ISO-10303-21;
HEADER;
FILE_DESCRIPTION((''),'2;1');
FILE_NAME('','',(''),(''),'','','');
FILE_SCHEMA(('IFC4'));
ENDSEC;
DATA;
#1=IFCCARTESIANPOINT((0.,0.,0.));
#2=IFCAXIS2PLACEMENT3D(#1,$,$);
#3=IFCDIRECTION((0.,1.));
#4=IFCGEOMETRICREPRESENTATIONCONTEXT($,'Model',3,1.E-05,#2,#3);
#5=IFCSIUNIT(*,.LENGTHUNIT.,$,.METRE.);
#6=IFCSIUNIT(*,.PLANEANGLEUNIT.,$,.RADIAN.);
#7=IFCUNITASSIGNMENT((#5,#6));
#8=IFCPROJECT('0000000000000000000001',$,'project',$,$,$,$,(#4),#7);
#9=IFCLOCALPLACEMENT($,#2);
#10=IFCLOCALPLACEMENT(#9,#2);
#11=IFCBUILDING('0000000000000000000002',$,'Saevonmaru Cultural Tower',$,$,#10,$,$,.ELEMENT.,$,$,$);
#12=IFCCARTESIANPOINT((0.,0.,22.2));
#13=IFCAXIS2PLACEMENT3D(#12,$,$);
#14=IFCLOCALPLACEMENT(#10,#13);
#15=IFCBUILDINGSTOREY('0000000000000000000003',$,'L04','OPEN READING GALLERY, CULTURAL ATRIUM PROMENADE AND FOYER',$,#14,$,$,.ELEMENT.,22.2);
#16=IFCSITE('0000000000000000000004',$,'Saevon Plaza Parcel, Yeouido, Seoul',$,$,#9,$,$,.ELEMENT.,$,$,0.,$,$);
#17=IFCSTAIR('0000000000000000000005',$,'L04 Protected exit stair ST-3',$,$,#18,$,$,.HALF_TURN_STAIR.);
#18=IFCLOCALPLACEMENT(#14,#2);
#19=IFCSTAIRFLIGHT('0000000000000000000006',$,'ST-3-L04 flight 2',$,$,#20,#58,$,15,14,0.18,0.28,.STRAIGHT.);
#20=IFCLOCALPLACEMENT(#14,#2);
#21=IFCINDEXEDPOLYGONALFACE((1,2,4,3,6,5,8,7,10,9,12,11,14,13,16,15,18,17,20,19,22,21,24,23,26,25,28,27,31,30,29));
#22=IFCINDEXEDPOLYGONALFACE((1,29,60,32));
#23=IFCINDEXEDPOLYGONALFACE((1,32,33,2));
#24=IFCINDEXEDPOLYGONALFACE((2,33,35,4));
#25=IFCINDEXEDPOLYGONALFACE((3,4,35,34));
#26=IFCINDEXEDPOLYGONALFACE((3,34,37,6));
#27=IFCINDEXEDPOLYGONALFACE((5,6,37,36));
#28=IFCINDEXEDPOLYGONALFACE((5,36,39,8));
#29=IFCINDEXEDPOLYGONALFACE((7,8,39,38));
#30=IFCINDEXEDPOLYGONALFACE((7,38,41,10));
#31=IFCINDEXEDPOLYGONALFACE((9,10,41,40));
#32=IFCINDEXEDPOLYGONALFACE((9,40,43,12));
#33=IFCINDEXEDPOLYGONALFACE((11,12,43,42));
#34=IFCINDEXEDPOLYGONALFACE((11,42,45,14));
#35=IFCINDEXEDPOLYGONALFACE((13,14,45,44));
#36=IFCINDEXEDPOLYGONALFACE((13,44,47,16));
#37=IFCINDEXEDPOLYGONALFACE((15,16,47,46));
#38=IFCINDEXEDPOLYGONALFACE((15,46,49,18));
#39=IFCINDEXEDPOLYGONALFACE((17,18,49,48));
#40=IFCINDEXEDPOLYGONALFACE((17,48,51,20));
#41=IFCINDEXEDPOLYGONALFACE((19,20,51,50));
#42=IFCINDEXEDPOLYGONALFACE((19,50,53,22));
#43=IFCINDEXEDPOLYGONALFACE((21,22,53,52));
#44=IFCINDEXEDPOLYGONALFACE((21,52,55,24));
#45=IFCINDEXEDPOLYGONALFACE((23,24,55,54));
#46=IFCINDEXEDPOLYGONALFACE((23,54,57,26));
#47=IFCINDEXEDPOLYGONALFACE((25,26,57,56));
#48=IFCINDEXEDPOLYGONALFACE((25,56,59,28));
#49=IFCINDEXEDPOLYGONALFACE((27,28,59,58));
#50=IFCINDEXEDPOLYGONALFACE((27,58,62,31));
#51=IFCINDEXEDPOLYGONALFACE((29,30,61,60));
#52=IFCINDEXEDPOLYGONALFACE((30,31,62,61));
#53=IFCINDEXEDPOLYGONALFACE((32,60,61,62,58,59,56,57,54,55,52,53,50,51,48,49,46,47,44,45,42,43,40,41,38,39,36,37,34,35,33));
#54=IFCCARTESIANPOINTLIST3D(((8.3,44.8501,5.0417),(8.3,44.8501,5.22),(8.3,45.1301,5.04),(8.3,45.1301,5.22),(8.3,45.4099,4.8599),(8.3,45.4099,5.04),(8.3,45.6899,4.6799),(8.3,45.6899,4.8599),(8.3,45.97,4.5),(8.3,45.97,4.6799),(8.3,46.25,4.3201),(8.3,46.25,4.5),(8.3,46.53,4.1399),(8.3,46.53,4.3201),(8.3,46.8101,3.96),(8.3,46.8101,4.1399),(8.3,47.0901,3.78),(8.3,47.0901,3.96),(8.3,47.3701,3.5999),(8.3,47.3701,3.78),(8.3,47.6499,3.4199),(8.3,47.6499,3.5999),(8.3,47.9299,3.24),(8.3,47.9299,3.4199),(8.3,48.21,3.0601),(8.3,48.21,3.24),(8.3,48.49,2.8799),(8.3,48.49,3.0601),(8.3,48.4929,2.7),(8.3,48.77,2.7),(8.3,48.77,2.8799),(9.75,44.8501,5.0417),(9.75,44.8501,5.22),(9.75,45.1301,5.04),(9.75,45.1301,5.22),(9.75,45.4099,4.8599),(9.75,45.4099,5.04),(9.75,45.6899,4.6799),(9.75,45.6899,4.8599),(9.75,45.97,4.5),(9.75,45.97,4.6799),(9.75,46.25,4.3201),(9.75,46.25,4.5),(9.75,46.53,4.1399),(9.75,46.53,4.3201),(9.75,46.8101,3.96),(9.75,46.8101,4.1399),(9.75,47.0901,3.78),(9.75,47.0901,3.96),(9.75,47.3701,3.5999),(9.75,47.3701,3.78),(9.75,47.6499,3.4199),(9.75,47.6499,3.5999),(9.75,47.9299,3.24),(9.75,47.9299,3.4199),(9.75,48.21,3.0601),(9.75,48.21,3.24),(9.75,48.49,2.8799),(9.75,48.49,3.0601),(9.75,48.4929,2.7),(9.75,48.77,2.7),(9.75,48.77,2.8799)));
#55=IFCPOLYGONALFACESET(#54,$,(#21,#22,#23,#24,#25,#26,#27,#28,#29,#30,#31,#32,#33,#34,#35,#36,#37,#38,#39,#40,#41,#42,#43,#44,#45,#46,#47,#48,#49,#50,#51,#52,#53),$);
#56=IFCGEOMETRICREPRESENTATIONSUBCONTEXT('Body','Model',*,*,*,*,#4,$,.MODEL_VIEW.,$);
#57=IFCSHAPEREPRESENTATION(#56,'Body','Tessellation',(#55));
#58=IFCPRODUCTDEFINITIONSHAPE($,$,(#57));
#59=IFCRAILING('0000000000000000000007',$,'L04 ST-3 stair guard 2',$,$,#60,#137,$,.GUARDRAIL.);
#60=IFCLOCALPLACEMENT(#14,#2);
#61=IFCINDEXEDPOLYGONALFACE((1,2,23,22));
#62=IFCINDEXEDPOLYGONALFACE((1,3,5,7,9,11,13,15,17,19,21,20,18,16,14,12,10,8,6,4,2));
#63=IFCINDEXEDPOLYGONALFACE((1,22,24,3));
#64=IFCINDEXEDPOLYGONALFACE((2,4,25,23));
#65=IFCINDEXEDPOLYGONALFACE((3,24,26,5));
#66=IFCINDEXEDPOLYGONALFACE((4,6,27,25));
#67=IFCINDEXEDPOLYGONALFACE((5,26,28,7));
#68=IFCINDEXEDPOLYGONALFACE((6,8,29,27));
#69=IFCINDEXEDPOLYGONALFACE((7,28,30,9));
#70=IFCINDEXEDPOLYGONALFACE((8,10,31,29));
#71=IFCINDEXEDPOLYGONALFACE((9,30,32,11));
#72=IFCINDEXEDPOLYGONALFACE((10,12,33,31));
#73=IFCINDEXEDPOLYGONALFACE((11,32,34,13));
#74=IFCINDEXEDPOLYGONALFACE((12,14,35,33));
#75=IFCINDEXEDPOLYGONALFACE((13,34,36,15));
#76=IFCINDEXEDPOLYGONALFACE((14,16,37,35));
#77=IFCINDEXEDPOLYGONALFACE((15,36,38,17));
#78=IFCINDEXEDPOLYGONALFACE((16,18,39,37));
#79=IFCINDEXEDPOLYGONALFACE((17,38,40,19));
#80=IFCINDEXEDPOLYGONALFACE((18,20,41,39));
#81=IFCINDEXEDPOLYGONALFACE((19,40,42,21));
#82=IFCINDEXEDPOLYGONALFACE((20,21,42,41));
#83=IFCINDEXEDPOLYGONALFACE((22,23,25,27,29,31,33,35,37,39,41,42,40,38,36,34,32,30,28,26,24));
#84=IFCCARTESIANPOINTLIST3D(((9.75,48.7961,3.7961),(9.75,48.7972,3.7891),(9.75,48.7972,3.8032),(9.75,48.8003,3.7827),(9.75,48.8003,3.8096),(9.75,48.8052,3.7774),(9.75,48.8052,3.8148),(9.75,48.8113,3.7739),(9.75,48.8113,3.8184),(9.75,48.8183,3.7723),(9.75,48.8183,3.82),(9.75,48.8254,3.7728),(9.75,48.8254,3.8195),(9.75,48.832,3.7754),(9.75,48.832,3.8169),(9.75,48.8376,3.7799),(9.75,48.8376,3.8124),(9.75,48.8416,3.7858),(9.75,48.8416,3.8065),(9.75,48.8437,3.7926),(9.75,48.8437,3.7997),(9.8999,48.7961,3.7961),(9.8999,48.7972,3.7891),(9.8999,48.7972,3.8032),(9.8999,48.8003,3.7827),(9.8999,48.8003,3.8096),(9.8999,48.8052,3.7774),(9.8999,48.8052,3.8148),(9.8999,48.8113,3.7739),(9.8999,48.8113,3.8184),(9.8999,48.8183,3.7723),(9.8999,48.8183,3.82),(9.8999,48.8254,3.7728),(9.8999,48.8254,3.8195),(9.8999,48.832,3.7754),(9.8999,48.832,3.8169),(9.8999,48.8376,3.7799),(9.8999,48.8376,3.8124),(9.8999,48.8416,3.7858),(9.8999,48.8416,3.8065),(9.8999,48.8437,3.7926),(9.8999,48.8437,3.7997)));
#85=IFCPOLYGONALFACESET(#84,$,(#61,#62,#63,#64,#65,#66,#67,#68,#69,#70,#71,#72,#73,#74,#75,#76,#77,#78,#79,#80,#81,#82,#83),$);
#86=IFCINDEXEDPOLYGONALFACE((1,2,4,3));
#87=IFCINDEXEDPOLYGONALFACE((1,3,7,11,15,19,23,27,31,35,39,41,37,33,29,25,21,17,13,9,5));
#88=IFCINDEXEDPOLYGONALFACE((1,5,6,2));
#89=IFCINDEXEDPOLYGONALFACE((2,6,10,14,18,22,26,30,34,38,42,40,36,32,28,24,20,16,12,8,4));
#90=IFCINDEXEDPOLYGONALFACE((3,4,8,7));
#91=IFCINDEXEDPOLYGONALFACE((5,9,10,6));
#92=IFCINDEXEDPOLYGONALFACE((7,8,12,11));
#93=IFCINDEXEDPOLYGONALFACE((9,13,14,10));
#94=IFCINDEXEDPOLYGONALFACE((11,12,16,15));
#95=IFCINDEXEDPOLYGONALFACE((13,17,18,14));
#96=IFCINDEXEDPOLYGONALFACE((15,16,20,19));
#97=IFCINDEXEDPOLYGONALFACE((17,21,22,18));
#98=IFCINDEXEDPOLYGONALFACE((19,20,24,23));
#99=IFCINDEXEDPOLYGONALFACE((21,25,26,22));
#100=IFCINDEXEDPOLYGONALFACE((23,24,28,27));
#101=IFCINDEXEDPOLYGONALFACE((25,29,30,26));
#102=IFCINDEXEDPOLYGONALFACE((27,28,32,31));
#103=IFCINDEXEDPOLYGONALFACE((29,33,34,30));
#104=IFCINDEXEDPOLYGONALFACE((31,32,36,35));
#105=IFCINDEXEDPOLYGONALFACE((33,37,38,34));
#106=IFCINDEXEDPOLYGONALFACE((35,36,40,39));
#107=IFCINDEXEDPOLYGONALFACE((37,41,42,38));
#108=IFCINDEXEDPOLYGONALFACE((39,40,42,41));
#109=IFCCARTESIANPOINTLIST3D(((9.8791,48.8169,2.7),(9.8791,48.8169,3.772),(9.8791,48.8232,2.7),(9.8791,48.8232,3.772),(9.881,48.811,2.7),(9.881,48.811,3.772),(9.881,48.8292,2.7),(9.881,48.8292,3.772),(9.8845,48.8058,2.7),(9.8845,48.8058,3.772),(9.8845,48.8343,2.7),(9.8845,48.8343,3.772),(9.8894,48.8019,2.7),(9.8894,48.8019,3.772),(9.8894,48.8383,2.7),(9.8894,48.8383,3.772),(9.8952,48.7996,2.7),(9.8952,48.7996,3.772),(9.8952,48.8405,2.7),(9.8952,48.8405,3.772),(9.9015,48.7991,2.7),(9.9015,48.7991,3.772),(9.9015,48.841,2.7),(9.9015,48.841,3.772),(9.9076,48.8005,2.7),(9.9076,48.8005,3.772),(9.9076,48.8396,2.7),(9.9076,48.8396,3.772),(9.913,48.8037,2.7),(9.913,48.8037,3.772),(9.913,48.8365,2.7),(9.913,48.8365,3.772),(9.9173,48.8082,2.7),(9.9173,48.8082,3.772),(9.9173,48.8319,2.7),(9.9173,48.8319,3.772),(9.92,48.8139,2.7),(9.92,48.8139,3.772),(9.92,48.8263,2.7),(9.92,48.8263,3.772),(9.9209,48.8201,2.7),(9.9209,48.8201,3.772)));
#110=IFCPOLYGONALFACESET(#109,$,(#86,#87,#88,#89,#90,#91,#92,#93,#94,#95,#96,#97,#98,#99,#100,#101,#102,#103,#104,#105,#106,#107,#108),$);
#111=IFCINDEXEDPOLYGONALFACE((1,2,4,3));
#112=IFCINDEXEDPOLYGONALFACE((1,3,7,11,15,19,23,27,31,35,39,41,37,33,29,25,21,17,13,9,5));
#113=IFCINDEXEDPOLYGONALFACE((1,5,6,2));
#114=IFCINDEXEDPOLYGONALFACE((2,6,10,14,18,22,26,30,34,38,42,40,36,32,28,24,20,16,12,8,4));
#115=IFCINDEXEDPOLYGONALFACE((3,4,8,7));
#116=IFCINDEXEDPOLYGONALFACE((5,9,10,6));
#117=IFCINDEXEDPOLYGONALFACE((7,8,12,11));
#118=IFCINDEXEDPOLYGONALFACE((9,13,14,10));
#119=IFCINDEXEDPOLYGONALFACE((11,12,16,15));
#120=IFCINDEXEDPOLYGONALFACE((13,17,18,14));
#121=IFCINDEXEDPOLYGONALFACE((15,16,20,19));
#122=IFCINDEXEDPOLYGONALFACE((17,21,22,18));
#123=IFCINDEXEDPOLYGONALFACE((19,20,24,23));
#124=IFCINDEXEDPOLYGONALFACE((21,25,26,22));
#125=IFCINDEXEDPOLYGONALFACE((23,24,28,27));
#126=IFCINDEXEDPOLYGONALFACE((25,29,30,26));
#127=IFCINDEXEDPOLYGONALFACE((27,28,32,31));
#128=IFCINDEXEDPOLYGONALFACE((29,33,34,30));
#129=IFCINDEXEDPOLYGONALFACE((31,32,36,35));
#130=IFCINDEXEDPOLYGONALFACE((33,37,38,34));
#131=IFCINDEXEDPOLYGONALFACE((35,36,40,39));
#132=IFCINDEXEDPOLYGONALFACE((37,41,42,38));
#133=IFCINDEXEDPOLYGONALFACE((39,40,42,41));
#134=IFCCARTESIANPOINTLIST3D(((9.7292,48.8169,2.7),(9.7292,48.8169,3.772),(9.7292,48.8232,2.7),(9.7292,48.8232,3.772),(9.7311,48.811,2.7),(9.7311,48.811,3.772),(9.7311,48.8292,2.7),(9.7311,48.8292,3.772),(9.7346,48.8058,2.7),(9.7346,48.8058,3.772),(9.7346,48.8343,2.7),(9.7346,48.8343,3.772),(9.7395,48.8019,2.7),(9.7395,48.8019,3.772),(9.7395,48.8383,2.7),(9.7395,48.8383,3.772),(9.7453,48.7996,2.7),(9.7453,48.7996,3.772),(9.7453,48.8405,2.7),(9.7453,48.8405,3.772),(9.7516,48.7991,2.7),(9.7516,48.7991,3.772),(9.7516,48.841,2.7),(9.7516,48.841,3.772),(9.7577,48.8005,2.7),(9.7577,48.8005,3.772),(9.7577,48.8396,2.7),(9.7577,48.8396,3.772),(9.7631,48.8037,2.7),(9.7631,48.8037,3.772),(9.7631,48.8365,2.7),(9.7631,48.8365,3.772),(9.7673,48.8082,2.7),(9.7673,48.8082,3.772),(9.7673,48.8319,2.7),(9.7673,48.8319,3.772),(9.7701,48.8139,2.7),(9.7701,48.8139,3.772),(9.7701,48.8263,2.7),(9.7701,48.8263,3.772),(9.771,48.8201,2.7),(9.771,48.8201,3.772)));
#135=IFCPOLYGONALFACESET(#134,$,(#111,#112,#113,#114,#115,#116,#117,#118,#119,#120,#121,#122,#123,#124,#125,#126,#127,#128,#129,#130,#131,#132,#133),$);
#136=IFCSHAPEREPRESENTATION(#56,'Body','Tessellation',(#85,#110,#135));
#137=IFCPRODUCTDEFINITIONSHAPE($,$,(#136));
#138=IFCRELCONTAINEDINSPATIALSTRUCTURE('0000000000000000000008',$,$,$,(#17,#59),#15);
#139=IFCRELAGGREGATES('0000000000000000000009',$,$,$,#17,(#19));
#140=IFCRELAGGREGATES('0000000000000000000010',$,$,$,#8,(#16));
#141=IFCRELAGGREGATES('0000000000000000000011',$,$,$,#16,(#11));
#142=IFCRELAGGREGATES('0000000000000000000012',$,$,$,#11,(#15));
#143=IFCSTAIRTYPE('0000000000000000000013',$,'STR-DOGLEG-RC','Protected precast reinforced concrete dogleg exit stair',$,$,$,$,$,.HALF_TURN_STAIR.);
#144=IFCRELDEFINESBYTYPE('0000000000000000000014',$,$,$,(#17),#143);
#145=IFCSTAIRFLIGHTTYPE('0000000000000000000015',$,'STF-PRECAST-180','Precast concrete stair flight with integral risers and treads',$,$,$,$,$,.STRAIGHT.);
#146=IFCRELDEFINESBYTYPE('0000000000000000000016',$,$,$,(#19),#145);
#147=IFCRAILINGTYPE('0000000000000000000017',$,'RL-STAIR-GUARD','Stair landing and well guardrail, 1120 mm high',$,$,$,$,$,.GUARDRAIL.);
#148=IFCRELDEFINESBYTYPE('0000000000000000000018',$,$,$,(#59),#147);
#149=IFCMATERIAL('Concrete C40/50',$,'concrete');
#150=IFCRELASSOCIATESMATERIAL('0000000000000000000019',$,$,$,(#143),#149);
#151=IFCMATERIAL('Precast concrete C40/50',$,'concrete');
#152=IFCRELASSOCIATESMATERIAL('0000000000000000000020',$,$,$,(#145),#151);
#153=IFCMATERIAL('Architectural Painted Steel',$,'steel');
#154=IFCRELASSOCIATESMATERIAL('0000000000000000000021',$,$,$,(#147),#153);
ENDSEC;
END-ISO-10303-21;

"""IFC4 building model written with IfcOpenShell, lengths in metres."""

from ifc_helpers import new_model, si_unit, direction, frame, origin, origin_2d, place, context, subcontext, project, spatial, polyline, circle, outline, extrude, material, type_object, element, aggregate, save


model = new_model("IFC4")

# Units and contexts
model_context = context("Model", 3, precision=1e-05, world=origin(), true_north=direction((0.0, 1.0)))
body_context = subcontext(model_context, "Body", "Model", "MODEL_VIEW")
ifc_project = project(units=[si_unit("LENGTHUNIT", "METRE"), si_unit("PLANEANGLEUNIT", "RADIAN")], contexts=[model_context])

# Site, building, storey
site_placement = place(None, origin())
site = spatial("IfcSite", under=ifc_project, at=site_placement, Name="Saevon Plaza Parcel, Yeouido, Seoul", CompositionType="ELEMENT", RefElevation=0.0)
building_placement = place(site_placement, origin())
building = spatial("IfcBuilding", under=site, at=building_placement, Name="Saevonmaru Cultural Tower", CompositionType="ELEMENT")
storey_placement = place(building_placement, frame((0.0, 0.0, 22.2)))
storey = spatial("IfcBuildingStorey", under=building, at=storey_placement, Name="L04", Description="OPEN READING GALLERY, CULTURAL ATRIUM PROMENADE AND FOYER", CompositionType="ELEMENT", Elevation=22.2)

# Shared definitions
ifc_material_1 = material(Name="Concrete C40/50", Category="concrete")

# Stair, stair flight
stair_type = type_object("IfcStairType", Name="STR-DOGLEG-RC", Description="Protected precast reinforced concrete dogleg exit stair", PredefinedType="HALF_TURN_STAIR", material=ifc_material_1)
stair_placement = place(storey_placement, origin())
stair = element("IfcStair", 1, at=stair_placement, inside=storey, type_object=stair_type, Name="L04 Protected exit stair ST-3", PredefinedType="HALF_TURN_STAIR")
ifc_material_2 = material(Name="Precast concrete C40/50", Category="concrete")
stair_flight_type = type_object("IfcStairFlightType", Name="STF-PRECAST-180", Description="Precast concrete stair flight with integral risers and treads", PredefinedType="STRAIGHT", material=ifc_material_2)
stair_flight_placement = place(storey_placement, frame((9.0249, 48.77, 2.7), z_axis=(0.0, 0.0, 1.0), x_axis=(0.0, -1.0, 0.0)))
stair_flight = element("IfcStairFlight", 2, at=stair_flight_placement, type_object=stair_flight_type, Name="ST-3-L04 flight 2", NumberOfRisers=15, NumberOfTreads=14, PredefinedType="STRAIGHT", RiserHeight=0.18, TreadLength=0.28, context=body_context, shape_type="SweptSolid", body=[
    extrude(outline(polyline([(0.0, 0.0), (0.0, 0.1799), (0.28, 0.1799), (0.28, 0.3601), (0.5601, 0.3601), (0.5601, 0.54), (0.8401, 0.54), (0.8401, 0.72), (1.1201, 0.72), (1.1201, 0.8999), (1.3999, 0.8999), (1.3999, 1.0801), (1.6799, 1.0801), (1.6799, 1.26), (1.96, 1.26), (1.96, 1.4399), (2.24, 1.4399), (2.24, 1.6201), (2.52, 1.6201), (2.52, 1.8), (2.8, 1.8), (2.8, 1.98), (3.0801, 1.98), (3.0801, 2.1599), (3.3601, 2.1599), (3.3601, 2.3401), (3.6399, 2.3401), (3.6399, 2.52), (3.9199, 2.52), (3.9199, 2.7), (3.9199, 2.3418), (0.2771, 0.0), (0.0, 0.0)])), frame((0.0, 0.7251, 0.0), z_axis=(0.0, -1.0, 0.0), x_axis=(1.0, 0.0, 0.0)), (0.0, 0.0, 1.0), 1.45),
])
aggregate(stair, [stair_flight])

# Railing
ifc_material_3 = material(Name="Architectural Painted Steel", Category="steel")
railing_type_1 = type_object("IfcRailingType", Name="RL-STAIR-GUARD", Description="Stair landing and well guardrail, 1120 mm high", PredefinedType="GUARDRAIL", material=ifc_material_3)
railing_1_placement = place(storey_placement, frame((9.8999, 48.8201, 2.7)))
element("IfcRailing", 3, at=railing_1_placement, inside=storey, type_object=railing_type_1, Name="L04 ST-3 stair guard 2", PredefinedType="GUARDRAIL", context=body_context, shape_type="SweptSolid", body=[
    extrude(circle(Radius=0.0239, at=origin_2d()), frame((0.0, 0.0, 1.0962), z_axis=(-1.0, 0.0, 0.0), x_axis=(0.0, -1.0, 0.0)), (0.0, 0.0, 1.0), 0.1499),
    extrude(circle(Radius=0.021, at=origin_2d()), origin(), (0.0, 0.0, 1.0), 1.072),
    extrude(circle(Radius=0.021, at=origin_2d()), frame((-0.1499, 0.0, 0.0)), (0.0, 0.0, 1.0), 1.072),
])

save(model, "model.ifc")
